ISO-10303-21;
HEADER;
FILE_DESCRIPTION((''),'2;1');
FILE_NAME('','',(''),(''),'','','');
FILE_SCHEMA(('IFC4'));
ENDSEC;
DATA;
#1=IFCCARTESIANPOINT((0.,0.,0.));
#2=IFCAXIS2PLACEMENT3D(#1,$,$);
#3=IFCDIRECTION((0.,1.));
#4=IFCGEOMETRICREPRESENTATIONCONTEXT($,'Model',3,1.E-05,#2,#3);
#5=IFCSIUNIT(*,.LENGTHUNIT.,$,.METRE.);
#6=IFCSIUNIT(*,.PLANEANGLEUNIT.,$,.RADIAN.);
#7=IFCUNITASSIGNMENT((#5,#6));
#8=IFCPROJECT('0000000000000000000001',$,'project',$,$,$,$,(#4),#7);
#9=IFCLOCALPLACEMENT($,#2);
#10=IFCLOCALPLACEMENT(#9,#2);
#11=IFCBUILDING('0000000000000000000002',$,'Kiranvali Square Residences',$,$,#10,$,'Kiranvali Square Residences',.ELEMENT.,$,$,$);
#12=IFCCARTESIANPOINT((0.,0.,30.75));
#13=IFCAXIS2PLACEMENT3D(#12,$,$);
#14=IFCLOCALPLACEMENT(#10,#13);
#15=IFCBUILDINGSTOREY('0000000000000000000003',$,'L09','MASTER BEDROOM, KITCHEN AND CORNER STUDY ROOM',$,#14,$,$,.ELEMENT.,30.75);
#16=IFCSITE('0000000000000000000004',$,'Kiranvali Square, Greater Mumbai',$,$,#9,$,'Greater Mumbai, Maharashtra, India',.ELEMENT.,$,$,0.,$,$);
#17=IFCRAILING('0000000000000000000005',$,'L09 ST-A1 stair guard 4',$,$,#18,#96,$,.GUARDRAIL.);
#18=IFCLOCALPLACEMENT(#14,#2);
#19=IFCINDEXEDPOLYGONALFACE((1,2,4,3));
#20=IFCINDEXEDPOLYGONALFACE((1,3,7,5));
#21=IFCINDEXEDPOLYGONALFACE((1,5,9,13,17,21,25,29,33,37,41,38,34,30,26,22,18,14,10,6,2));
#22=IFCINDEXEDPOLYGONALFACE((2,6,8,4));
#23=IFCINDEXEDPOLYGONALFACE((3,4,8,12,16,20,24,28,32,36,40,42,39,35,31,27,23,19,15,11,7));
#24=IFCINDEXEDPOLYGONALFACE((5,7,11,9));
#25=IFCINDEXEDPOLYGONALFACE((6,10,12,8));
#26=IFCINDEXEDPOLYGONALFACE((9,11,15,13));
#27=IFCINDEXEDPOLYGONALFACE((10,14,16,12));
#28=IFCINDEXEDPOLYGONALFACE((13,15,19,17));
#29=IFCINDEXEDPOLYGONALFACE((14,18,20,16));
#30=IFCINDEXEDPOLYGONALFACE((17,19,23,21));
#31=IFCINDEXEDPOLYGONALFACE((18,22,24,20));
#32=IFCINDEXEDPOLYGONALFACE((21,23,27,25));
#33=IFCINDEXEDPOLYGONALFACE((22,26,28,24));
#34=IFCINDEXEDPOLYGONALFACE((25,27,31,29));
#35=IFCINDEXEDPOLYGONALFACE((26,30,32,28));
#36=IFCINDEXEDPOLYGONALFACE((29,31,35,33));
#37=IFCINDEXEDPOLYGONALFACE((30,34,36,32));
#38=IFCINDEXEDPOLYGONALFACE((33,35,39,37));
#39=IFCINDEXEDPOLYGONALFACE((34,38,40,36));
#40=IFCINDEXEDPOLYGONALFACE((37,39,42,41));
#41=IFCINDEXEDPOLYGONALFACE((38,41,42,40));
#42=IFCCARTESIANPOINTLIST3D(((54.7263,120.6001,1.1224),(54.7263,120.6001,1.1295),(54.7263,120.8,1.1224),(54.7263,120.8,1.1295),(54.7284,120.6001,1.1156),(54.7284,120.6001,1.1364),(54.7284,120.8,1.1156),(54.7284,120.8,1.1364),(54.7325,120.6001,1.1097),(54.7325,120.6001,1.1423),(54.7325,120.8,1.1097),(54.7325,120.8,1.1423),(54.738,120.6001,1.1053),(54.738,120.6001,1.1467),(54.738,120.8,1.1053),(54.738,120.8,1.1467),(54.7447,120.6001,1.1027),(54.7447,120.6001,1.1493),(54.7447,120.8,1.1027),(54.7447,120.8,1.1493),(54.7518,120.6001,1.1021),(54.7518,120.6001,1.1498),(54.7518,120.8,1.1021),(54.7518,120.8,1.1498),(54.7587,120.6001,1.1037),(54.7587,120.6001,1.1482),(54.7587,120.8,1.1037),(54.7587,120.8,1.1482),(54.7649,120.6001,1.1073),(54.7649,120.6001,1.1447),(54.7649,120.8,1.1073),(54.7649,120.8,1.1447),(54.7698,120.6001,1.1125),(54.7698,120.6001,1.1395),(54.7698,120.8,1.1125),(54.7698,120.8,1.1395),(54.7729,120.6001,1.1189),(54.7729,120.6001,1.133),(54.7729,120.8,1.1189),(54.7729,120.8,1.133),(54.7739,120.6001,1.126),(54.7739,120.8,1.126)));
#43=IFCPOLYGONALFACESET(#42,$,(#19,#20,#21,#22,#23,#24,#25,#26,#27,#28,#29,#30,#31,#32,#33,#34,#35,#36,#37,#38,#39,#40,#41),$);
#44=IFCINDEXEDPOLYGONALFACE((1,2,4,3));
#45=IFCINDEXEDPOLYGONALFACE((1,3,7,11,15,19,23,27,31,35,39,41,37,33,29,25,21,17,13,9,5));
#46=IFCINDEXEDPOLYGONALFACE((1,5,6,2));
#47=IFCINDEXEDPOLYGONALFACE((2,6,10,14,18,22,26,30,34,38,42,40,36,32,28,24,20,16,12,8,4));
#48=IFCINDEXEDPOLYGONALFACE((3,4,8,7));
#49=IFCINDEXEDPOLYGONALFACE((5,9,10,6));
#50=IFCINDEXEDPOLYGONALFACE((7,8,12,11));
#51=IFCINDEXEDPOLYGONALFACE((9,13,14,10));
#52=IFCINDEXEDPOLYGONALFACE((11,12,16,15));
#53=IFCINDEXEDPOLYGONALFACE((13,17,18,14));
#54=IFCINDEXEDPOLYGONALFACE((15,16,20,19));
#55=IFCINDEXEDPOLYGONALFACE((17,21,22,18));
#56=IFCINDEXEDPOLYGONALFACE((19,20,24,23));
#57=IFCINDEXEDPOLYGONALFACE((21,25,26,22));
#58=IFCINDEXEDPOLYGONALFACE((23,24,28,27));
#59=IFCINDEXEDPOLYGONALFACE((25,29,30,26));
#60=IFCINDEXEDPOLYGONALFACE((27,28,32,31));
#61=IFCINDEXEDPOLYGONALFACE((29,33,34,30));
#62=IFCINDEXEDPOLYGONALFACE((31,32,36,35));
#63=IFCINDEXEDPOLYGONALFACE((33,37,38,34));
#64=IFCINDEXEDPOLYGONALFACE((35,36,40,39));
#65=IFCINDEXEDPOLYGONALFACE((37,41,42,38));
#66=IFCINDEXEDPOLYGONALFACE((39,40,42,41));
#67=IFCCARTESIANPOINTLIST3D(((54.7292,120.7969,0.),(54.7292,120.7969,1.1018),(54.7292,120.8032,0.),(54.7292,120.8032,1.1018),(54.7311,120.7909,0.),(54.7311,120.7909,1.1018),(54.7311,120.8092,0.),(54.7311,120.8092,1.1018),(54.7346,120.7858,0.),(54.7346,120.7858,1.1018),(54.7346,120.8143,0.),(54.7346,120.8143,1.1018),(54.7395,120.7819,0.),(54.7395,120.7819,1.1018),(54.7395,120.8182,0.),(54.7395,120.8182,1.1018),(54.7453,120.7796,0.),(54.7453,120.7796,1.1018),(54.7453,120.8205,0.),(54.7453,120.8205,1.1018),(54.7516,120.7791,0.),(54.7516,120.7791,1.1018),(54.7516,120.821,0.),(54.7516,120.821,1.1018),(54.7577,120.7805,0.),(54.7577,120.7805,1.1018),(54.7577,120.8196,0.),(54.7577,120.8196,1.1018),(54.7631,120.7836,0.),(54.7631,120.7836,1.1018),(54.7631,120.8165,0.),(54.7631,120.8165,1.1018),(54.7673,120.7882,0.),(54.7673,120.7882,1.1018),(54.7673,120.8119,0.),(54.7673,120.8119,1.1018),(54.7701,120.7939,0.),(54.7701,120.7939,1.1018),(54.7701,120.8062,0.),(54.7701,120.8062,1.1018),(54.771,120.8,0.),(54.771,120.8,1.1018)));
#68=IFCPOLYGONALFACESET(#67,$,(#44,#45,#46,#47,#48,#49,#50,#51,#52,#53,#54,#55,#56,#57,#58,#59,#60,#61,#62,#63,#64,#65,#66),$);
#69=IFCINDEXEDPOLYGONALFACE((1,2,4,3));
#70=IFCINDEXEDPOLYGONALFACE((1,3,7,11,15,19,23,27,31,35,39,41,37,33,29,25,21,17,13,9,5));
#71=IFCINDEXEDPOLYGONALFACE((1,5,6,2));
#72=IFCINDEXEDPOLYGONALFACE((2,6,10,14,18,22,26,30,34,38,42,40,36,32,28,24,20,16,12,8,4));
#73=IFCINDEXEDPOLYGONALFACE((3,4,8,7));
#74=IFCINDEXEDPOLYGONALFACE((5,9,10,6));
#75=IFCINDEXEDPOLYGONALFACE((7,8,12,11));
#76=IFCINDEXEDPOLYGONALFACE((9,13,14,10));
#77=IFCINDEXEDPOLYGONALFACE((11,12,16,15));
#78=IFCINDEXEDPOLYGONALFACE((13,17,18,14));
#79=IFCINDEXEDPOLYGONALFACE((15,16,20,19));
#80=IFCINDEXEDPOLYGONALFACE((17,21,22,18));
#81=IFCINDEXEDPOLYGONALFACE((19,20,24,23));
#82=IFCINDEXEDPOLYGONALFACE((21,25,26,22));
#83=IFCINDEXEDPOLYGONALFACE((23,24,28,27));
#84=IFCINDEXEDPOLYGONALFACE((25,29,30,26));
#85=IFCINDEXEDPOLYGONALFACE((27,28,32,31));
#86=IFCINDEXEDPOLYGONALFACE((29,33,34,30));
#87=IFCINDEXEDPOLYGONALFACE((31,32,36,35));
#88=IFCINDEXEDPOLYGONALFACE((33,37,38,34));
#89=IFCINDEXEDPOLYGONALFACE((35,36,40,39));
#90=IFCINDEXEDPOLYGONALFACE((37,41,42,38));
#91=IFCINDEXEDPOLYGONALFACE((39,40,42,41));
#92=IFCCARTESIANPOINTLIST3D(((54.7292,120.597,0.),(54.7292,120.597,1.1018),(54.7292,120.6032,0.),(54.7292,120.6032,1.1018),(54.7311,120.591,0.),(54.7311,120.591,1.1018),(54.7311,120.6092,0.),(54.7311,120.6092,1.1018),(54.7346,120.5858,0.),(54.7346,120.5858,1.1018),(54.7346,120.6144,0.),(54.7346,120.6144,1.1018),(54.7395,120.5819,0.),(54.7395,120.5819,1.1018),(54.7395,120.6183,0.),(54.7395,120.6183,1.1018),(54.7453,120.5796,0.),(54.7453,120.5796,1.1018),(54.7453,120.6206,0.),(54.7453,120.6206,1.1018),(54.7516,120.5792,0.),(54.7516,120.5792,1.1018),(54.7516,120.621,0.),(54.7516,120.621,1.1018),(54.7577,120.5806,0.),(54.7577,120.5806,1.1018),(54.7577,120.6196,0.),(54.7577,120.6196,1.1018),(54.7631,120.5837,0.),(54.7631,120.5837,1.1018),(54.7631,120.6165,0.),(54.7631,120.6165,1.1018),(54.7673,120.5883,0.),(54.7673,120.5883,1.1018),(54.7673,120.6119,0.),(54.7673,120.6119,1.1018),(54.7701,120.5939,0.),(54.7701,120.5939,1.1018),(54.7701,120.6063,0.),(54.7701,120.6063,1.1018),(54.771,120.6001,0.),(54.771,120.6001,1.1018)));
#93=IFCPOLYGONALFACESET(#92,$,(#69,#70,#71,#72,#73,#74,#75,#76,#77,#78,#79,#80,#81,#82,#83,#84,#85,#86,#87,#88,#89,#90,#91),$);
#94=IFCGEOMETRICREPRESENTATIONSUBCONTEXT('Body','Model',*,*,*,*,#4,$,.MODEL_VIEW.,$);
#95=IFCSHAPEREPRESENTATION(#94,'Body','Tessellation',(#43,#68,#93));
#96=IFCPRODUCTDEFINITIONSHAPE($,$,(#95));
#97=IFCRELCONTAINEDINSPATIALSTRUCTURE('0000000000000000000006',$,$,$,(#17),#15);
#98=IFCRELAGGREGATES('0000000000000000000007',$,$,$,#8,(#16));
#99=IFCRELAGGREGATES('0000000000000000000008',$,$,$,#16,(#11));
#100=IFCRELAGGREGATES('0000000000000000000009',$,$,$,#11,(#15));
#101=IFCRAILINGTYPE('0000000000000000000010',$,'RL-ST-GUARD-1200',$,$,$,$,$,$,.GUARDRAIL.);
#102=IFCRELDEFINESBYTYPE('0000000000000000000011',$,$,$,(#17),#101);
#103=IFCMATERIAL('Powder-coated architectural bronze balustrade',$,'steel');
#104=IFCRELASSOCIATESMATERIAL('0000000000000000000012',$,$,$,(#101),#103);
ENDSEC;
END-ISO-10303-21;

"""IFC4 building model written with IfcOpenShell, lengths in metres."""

from ifc_helpers import new_model, si_unit, direction, frame, origin, origin_2d, place, context, subcontext, project, spatial, circle, extrude, material, type_object, element, save


model = new_model("IFC4")

# Units and contexts
model_context = context("Model", 3, precision=1e-05, world=origin(), true_north=direction((0.0, 1.0)))
body_context = subcontext(model_context, "Body", "Model", "MODEL_VIEW")
ifc_project = project(units=[si_unit("LENGTHUNIT", "METRE"), si_unit("PLANEANGLEUNIT", "RADIAN")], contexts=[model_context])

# Site, building, storey
site_placement = place(None, origin())
site = spatial("IfcSite", under=ifc_project, at=site_placement, Name="Kiranvali Square, Greater Mumbai", LongName="Greater Mumbai, Maharashtra, India", CompositionType="ELEMENT", RefElevation=0.0)
building_placement = place(site_placement, origin())
building = spatial("IfcBuilding", under=site, at=building_placement, Name="Kiranvali Square Residences", LongName="Kiranvali Square Residences", CompositionType="ELEMENT")
storey_placement = place(building_placement, frame((0.0, 0.0, 30.75)))
storey = spatial("IfcBuildingStorey", under=building, at=storey_placement, Name="L09", Description="MASTER BEDROOM, KITCHEN AND CORNER STUDY ROOM", CompositionType="ELEMENT", Elevation=30.75)

# Railing
ifc_material_1 = material(Name="Powder-coated architectural bronze balustrade", Category="steel")
railing_type_1 = type_object("IfcRailingType", Name="RL-ST-GUARD-1200", PredefinedType="GUARDRAIL", material=ifc_material_1)
railing_1_placement = place(storey_placement, frame((54.75, 120.8, 0.0)))
element("IfcRailing", 1, at=railing_1_placement, inside=storey, type_object=railing_type_1, Name="L09 ST-A1 stair guard 4", PredefinedType="GUARDRAIL", context=body_context, shape_type="SweptSolid", body=[
    extrude(circle(Radius=0.0239, at=origin_2d()), frame((0.0, 0.0, 1.126), z_axis=(0.0, -1.0, 0.0), x_axis=(1.0, 0.0, 0.0)), (0.0, 0.0, 1.0), 0.2),
    extrude(circle(Radius=0.021, at=origin_2d()), origin(), (0.0, 0.0, 1.0), 1.1018),
    extrude(circle(Radius=0.021, at=origin_2d()), frame((0.0, -0.2, 0.0)), (0.0, 0.0, 1.0), 1.1018),
])

save(model, "model.ifc")
